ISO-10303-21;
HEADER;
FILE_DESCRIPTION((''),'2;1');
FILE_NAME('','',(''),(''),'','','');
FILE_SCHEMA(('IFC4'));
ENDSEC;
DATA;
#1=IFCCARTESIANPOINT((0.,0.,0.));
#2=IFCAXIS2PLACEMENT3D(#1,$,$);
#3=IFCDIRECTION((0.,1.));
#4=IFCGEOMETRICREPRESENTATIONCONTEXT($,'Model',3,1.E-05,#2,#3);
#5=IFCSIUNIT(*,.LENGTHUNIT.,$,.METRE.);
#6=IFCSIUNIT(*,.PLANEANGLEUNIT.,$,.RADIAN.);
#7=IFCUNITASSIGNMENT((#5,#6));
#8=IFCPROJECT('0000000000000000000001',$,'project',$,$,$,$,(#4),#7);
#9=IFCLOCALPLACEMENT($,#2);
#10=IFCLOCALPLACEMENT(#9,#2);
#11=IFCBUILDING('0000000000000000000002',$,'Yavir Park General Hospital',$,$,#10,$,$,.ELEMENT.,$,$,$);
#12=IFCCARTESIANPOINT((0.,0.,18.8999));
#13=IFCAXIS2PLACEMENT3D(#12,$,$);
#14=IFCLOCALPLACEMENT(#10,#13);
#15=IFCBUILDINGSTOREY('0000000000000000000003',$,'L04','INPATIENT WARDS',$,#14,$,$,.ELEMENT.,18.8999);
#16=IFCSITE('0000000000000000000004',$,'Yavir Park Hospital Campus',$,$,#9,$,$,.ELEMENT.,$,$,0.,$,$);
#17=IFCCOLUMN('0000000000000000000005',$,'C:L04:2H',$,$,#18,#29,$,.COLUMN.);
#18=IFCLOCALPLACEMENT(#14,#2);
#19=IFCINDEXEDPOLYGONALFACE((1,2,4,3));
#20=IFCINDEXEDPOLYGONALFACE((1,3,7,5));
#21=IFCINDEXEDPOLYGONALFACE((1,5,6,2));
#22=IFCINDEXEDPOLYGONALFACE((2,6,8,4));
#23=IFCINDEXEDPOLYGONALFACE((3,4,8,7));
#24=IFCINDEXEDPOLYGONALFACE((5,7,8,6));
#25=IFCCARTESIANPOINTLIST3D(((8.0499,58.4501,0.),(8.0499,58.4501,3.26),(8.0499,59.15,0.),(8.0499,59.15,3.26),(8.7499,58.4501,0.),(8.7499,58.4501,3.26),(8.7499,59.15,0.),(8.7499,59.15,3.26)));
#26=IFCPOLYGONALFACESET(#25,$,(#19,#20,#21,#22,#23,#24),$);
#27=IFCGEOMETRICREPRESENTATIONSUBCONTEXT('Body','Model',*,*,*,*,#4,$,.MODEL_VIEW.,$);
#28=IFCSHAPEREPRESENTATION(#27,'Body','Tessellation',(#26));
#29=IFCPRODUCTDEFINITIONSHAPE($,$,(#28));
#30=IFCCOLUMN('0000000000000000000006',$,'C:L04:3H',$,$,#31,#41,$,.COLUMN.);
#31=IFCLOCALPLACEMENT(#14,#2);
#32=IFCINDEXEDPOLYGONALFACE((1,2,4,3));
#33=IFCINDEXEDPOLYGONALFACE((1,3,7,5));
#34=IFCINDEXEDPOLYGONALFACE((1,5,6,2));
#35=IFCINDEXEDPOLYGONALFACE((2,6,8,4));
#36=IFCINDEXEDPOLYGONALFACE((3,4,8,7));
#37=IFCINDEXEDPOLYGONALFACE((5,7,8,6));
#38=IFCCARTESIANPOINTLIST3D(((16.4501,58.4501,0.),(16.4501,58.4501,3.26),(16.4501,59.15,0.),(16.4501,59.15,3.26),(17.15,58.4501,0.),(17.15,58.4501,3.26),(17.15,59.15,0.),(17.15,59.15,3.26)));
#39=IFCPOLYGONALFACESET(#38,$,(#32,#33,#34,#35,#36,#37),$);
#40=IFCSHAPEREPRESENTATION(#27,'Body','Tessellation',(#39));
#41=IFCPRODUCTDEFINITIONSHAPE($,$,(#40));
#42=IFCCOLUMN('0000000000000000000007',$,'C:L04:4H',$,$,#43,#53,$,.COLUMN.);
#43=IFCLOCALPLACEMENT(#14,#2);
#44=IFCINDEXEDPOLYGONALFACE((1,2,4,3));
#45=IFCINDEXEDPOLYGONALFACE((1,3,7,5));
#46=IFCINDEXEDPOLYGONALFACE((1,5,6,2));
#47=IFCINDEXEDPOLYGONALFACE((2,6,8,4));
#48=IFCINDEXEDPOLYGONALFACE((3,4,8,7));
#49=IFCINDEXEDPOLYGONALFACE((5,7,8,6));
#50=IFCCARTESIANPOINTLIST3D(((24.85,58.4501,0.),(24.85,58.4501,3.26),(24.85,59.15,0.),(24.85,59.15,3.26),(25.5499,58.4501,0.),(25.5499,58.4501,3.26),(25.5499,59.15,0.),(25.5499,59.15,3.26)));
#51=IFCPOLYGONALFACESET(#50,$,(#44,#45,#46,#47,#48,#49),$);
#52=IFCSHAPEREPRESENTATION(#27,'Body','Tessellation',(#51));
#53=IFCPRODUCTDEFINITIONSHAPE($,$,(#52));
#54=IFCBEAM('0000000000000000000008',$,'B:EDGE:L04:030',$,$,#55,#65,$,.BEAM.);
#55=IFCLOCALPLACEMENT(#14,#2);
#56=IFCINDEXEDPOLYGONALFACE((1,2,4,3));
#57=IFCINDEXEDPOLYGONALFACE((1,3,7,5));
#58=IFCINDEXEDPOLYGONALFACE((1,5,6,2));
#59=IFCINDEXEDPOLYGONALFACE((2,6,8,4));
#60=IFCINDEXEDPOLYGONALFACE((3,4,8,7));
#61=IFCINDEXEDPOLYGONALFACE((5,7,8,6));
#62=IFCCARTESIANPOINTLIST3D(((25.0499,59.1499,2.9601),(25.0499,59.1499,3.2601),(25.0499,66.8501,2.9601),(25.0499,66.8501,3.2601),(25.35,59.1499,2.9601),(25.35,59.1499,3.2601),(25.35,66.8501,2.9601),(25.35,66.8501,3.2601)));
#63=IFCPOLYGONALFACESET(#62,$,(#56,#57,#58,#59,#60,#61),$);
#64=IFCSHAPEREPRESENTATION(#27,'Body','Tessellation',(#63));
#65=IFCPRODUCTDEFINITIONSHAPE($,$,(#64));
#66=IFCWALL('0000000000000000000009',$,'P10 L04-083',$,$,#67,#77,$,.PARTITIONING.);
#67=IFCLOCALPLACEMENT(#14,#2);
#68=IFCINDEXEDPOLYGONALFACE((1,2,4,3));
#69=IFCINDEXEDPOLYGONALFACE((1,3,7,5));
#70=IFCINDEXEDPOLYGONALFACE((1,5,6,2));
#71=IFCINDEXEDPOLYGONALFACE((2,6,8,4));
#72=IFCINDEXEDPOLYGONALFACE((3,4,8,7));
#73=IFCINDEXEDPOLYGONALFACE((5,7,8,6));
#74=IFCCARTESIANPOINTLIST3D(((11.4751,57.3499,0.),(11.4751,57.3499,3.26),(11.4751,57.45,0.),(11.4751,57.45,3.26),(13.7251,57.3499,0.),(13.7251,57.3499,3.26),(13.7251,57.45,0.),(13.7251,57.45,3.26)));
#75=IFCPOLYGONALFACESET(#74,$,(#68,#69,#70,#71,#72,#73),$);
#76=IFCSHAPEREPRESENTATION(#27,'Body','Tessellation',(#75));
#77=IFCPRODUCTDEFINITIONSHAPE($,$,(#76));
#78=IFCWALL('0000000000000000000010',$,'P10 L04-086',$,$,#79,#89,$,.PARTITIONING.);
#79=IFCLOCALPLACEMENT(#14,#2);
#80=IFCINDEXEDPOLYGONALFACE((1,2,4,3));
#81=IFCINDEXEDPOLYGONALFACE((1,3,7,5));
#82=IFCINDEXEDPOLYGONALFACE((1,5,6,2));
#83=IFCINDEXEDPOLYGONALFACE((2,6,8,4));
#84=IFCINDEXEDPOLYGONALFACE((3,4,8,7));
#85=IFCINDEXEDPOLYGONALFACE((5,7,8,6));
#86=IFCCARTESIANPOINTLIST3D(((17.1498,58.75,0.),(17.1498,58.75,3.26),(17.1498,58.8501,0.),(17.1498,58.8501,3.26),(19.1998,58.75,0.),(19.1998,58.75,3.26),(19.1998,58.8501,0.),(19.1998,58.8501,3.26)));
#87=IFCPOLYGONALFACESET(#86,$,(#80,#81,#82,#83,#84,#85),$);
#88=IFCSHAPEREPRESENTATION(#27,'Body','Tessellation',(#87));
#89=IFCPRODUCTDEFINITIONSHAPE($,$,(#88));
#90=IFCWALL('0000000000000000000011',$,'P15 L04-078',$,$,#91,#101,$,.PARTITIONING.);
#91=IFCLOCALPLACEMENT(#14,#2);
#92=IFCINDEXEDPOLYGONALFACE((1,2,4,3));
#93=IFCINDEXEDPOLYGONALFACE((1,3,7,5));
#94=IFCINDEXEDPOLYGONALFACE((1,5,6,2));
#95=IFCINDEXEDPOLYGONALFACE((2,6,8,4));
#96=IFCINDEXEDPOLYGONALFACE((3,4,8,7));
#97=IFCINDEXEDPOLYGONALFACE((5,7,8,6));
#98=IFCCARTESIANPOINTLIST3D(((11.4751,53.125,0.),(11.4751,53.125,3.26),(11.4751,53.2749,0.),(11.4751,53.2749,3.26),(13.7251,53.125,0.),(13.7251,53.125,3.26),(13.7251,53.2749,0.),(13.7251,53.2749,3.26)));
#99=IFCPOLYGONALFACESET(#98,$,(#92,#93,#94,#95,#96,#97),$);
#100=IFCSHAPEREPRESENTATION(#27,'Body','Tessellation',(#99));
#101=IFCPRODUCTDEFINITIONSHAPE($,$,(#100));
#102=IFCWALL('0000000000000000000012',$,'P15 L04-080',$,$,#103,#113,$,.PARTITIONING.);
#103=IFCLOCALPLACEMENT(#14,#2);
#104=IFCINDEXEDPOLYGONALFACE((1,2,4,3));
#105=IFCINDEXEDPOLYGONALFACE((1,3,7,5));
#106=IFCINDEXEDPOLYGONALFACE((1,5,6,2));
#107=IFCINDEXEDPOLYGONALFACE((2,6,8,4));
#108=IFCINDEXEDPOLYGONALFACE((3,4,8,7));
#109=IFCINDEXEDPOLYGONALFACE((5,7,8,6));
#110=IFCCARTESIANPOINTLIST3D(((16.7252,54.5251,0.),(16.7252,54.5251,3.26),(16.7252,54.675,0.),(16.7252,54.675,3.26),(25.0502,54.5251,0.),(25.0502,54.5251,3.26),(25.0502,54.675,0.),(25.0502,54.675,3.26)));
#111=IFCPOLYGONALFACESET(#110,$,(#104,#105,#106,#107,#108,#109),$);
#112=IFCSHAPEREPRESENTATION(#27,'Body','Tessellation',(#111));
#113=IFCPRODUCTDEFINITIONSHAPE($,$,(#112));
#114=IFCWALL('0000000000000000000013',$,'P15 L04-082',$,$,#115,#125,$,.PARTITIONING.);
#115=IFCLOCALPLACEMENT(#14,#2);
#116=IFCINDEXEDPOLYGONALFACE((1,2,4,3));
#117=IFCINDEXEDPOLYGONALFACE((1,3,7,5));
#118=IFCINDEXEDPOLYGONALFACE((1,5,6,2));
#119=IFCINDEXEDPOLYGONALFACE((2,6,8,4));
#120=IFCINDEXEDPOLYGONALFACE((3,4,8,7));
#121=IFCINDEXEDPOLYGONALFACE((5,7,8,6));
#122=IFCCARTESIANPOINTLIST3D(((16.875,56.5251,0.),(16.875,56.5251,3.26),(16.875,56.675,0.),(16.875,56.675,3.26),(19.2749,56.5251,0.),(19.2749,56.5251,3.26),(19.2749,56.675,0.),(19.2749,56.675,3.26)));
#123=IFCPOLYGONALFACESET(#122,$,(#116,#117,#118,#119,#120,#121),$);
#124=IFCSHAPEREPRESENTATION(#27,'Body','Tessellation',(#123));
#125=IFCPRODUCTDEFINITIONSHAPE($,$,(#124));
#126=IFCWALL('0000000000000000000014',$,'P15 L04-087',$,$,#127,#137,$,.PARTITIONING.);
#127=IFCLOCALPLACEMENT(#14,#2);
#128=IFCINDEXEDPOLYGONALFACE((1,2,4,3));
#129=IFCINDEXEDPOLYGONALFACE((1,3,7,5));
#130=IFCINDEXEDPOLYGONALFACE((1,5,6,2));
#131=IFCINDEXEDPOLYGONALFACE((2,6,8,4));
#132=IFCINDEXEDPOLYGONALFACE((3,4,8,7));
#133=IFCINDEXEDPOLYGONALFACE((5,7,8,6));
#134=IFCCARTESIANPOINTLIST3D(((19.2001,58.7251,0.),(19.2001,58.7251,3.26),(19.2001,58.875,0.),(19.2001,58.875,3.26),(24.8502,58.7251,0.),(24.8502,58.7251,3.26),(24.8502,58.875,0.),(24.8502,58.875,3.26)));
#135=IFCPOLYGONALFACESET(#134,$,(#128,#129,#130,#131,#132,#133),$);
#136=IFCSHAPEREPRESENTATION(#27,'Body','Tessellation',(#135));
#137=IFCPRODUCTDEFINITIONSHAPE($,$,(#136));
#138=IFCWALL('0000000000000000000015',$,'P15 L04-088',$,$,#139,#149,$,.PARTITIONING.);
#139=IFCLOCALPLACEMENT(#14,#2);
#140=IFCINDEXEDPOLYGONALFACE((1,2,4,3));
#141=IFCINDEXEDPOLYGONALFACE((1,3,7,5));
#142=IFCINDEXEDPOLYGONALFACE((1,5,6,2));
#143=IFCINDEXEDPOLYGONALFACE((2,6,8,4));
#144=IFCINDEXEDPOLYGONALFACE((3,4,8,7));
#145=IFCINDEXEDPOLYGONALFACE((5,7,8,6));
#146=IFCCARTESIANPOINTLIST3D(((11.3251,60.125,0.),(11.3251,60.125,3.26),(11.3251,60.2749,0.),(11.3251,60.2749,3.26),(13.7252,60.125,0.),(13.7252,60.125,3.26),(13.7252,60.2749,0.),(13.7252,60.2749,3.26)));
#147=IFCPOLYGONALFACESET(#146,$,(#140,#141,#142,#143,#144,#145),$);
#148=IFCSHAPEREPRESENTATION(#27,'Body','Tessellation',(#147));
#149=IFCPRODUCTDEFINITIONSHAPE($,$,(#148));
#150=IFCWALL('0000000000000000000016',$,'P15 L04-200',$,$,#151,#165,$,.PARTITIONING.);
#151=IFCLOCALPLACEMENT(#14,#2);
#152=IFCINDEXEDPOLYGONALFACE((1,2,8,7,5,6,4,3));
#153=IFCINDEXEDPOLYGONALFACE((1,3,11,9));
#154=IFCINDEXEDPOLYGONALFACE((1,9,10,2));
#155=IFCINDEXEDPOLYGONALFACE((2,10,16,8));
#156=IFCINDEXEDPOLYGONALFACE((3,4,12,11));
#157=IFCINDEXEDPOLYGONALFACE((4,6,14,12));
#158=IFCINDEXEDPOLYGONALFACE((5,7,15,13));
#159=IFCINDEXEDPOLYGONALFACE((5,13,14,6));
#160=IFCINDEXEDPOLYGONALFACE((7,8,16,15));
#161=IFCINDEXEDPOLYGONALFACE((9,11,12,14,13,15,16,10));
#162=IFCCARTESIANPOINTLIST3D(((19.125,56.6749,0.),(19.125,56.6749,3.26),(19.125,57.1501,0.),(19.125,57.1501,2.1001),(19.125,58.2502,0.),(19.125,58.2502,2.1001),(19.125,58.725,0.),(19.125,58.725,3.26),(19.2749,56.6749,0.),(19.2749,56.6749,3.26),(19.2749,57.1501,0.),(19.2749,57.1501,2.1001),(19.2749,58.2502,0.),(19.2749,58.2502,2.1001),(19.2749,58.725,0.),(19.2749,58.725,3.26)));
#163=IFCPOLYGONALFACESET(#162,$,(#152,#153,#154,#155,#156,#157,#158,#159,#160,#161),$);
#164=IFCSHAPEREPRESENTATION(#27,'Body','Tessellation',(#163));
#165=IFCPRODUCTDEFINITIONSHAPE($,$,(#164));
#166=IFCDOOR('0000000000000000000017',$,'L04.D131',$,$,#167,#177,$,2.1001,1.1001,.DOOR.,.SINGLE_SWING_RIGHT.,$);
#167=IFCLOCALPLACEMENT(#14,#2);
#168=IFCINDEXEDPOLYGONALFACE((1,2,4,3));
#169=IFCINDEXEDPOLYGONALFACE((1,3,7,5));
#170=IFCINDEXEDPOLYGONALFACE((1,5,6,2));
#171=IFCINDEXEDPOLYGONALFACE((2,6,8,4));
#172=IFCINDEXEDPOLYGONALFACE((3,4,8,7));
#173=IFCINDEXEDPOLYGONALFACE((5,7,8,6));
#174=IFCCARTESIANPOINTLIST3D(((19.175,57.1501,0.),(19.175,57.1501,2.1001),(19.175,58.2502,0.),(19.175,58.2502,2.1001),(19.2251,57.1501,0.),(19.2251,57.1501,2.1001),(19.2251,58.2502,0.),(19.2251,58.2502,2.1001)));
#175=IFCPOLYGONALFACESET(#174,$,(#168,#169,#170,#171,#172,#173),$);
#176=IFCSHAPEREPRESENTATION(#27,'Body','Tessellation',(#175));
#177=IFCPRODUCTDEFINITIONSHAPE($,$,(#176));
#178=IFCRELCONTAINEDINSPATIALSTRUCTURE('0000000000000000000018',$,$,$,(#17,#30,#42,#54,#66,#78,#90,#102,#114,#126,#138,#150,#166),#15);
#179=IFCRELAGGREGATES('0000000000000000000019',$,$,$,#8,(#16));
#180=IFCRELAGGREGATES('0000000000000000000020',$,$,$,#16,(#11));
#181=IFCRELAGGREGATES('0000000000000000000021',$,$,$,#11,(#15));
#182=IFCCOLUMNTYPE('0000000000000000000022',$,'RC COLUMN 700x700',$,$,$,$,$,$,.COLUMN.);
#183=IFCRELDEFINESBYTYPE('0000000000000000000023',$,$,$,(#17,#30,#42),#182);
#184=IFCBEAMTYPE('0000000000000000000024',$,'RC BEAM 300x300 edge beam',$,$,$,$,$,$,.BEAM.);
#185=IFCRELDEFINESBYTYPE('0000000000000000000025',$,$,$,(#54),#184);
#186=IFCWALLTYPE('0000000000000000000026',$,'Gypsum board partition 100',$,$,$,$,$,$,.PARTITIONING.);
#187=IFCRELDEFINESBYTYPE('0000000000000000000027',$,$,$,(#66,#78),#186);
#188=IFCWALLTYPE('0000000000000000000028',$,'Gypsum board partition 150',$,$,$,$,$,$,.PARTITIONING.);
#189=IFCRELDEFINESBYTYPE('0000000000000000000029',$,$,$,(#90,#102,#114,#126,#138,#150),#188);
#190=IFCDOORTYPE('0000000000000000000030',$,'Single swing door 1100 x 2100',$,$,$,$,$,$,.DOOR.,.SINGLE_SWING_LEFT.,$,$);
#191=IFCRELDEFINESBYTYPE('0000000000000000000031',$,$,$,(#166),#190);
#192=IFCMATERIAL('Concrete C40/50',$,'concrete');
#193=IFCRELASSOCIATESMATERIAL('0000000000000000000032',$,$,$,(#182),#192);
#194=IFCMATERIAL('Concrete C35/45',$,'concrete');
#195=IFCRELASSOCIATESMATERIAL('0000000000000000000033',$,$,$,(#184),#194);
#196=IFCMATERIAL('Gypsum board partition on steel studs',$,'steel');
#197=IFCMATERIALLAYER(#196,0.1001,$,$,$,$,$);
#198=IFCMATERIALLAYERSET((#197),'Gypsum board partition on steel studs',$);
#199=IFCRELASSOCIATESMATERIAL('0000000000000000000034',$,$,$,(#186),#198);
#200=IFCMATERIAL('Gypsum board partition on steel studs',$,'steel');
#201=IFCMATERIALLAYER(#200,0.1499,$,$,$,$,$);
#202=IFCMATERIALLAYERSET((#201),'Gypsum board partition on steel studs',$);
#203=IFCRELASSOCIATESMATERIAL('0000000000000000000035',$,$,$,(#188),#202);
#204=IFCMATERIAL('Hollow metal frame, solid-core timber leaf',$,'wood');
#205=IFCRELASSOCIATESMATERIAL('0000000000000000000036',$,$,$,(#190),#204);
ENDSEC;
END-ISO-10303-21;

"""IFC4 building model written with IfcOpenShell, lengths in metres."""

from ifc_helpers import new_model, si_unit, direction, frame, frame_2d, origin, origin_2d, place, context, subcontext, project, spatial, rectangle, extrude, material, layer, layer_set, material_profile, profile_set, type_object, element, fill, save


model = new_model("IFC4")

# Units and contexts
model_context = context("Model", 3, precision=1e-05, world=origin(), true_north=direction((0.0, 1.0)))
body_context = subcontext(model_context, "Body", "Model", "MODEL_VIEW")
ifc_project = project(units=[si_unit("LENGTHUNIT", "METRE"), si_unit("PLANEANGLEUNIT", "RADIAN")], contexts=[model_context])

# Site, building, storey
site_placement = place(None, origin())
site = spatial("IfcSite", under=ifc_project, at=site_placement, Name="Yavir Park Hospital Campus", CompositionType="ELEMENT", RefElevation=0.0)
building_placement = place(site_placement, origin())
building = spatial("IfcBuilding", under=site, at=building_placement, Name="Yavir Park General Hospital", CompositionType="ELEMENT")
storey_placement = place(building_placement, frame((0.0, 0.0, 18.8999)))
storey = spatial("IfcBuildingStorey", under=building, at=storey_placement, Name="L04", Description="INPATIENT WARDS", CompositionType="ELEMENT", Elevation=18.8999)

# Columns
ifc_material_1 = material(Name="Concrete C40/50", Category="concrete")
ifc_material_profile_1 = material_profile(ifc_material_1, rectangle(XDim=0.7, YDim=0.7, at=origin_2d()), Name="RC700x700")
ifc_profile_set_1 = profile_set([ifc_material_profile_1], Name="Concrete C40/50")
column_type = type_object("IfcColumnType", Name="RC COLUMN 700x700", PredefinedType="COLUMN", material=ifc_profile_set_1)
for number, where, z_axis, x_axis, name in (
    (1, (8.3999, 58.8, 0.0), (0.0, 0.0, 1.0), (1.0, 0.0, 0.0), "C:L04:2H"),
    (2, (16.8, 58.8, 0.0), (0.0, 0.0, 1.0), (1.0, 0.0, 0.0), "C:L04:3H"),
    (3, (25.2, 58.8, 0.0), (0.0, 0.0, 1.0), (1.0, 0.0, 0.0), "C:L04:4H"),
):
    element("IfcColumn", number, at=place(storey_placement, frame(where, z_axis=z_axis, x_axis=x_axis)), inside=storey, type_object=column_type, Name=name, PredefinedType="COLUMN", context=body_context, shape_type="SweptSolid", body=[
        extrude(rectangle(XDim=0.7, YDim=0.7, at=origin_2d()), origin(), (0.0, 0.0, 1.0), 3.26),
    ])

# Beam
ifc_material_2 = material(Name="Concrete C35/45", Category="concrete")
ifc_material_profile_2 = material_profile(ifc_material_2, rectangle(XDim=0.3, YDim=0.3, at=origin_2d()), Name="RC300x300")
ifc_profile_set_2 = profile_set([ifc_material_profile_2], Name="Concrete C35/45")
beam_type = type_object("IfcBeamType", Name="RC BEAM 300x300 edge beam", PredefinedType="BEAM", material=ifc_profile_set_2)
beam_placement = place(storey_placement, frame((25.2, 59.1499, 3.1101), z_axis=(0.0, 1.0, 0.0), x_axis=(-1.0, 0.0, 0.0)))
element("IfcBeam", 4, at=beam_placement, inside=storey, type_object=beam_type, Name="B:EDGE:L04:030", PredefinedType="BEAM", context=body_context, shape_type="SweptSolid", body=[
    extrude(rectangle(XDim=0.3, YDim=0.3, at=origin_2d()), origin(), (0.0, 0.0, 1.0), 7.7002),
])

# Walls
ifc_material_3 = material(Name="Gypsum board partition on steel studs", Category="steel")
ifc_layer_1 = layer(ifc_material_3, 0.1001)
ifc_layer_set_1 = layer_set([ifc_layer_1], Name="Gypsum board partition on steel studs")
wall_type_1 = type_object("IfcWallType", Name="Gypsum board partition 100", PredefinedType="PARTITIONING", material=ifc_layer_set_1)
wall_1_placement = place(storey_placement, frame((11.4751, 57.3999, 0.0), z_axis=(0.0, 0.0, 1.0), x_axis=(1.0, 0.0, 0.0)))
element("IfcWall", 5, at=wall_1_placement, inside=storey, type_object=wall_type_1, Name="P10 L04-083", PredefinedType="PARTITIONING", context=body_context, shape_type="SweptSolid", body=[
    extrude(rectangle(XDim=2.25, YDim=0.1001, at=frame_2d((1.125, 0.0))), origin(), (0.0, 0.0, 1.0), 3.26),
])
wall_2_placement = place(storey_placement, frame((17.1499, 58.8, 0.0), z_axis=(0.0, 0.0, 1.0), x_axis=(1.0, 0.0, 0.0)))
element("IfcWall", 6, at=wall_2_placement, inside=storey, type_object=wall_type_1, Name="P10 L04-086", PredefinedType="PARTITIONING", context=body_context, shape_type="SweptSolid", body=[
    extrude(rectangle(XDim=2.05, YDim=0.1001, at=frame_2d((1.0249, 0.0))), origin(), (0.0, 0.0, 1.0), 3.26),
])
ifc_material_4 = material(Name="Gypsum board partition on steel studs", Category="steel")
ifc_layer_2 = layer(ifc_material_4, 0.1499)
ifc_layer_set_2 = layer_set([ifc_layer_2], Name="Gypsum board partition on steel studs")
wall_type_2 = type_object("IfcWallType", Name="Gypsum board partition 150", PredefinedType="PARTITIONING", material=ifc_layer_set_2)
wall_3_placement = place(storey_placement, frame((11.4751, 53.2, 0.0), z_axis=(0.0, 0.0, 1.0), x_axis=(1.0, 0.0, 0.0)))
element("IfcWall", 7, at=wall_3_placement, inside=storey, type_object=wall_type_2, Name="P15 L04-078", PredefinedType="PARTITIONING", context=body_context, shape_type="SweptSolid", body=[
    extrude(rectangle(XDim=2.25, YDim=0.1499, at=frame_2d((1.125, 0.0))), origin(), (0.0, 0.0, 1.0), 3.26),
])
wall_4_placement = place(storey_placement, frame((16.7251, 54.6001, 0.0), z_axis=(0.0, 0.0, 1.0), x_axis=(1.0, 0.0, 0.0)))
element("IfcWall", 8, at=wall_4_placement, inside=storey, type_object=wall_type_2, Name="P15 L04-080", PredefinedType="PARTITIONING", context=body_context, shape_type="SweptSolid", body=[
    extrude(rectangle(XDim=8.325, YDim=0.1499, at=frame_2d((4.1626, 0.0))), origin(), (0.0, 0.0, 1.0), 3.26),
])
wall_5_placement = place(storey_placement, frame((16.875, 56.6001, 0.0), z_axis=(0.0, 0.0, 1.0), x_axis=(1.0, 0.0, 0.0)))
element("IfcWall", 9, at=wall_5_placement, inside=storey, type_object=wall_type_2, Name="P15 L04-082", PredefinedType="PARTITIONING", context=body_context, shape_type="SweptSolid", body=[
    extrude(rectangle(XDim=2.3999, YDim=0.1499, at=frame_2d((1.2, 0.0))), origin(), (0.0, 0.0, 1.0), 3.26),
])
wall_6_placement = place(storey_placement, frame((19.2, 58.8, 0.0), z_axis=(0.0, 0.0, 1.0), x_axis=(1.0, 0.0, 0.0)))
element("IfcWall", 10, at=wall_6_placement, inside=storey, type_object=wall_type_2, Name="P15 L04-087", PredefinedType="PARTITIONING", context=body_context, shape_type="SweptSolid", body=[
    extrude(rectangle(XDim=5.6501, YDim=0.1499, at=frame_2d((2.8252, 0.0))), origin(), (0.0, 0.0, 1.0), 3.26),
])
wall_7_placement = place(storey_placement, frame((11.325, 60.2, 0.0), z_axis=(0.0, 0.0, 1.0), x_axis=(1.0, 0.0, 0.0)))
element("IfcWall", 11, at=wall_7_placement, inside=storey, type_object=wall_type_2, Name="P15 L04-088", PredefinedType="PARTITIONING", context=body_context, shape_type="SweptSolid", body=[
    extrude(rectangle(XDim=2.4001, YDim=0.1499, at=frame_2d((1.2002, 0.0))), origin(), (0.0, 0.0, 1.0), 3.26),
])

# Wall, opening, door
wall_8_placement = place(storey_placement, frame((19.2, 56.675, 0.0), z_axis=(0.0, 0.0, 1.0), x_axis=(0.0, 1.0, 0.0)))
wall_8 = element("IfcWall", 12, at=wall_8_placement, inside=storey, type_object=wall_type_2, Name="P15 L04-200", PredefinedType="PARTITIONING", context=body_context, shape_type="SweptSolid", body=[
    extrude(rectangle(XDim=2.05, YDim=0.1499, at=frame_2d((1.0249, 0.0))), origin(), (0.0, 0.0, 1.0), 3.26),
])
opening_1_placement = place(wall_8_placement, frame((0.4751, 0.0, 0.0)))
opening_1 = element("IfcOpeningElement", 13, at=opening_1_placement, cuts=wall_8, PredefinedType="OPENING", context=body_context, shape_type="SweptSolid", body=[
    extrude(rectangle(XDim=1.1001, YDim=2.1001, at=frame_2d((0.55, 1.05))), frame((0.0, 0.085, 0.0), z_axis=(0.0, -1.0, 0.0), x_axis=(1.0, 0.0, 0.0)), (0.0, 0.0, 1.0), 0.1699),
])
ifc_material_5 = material(Name="Hollow metal frame, solid-core timber leaf", Category="wood")
door_type_1 = type_object("IfcDoorType", Name="Single swing door 1100 x 2100", OperationType="SINGLE_SWING_LEFT", PredefinedType="DOOR", material=ifc_material_5)
door_1_placement = place(opening_1_placement, origin())
door_1 = element("IfcDoor", 14, at=door_1_placement, inside=storey, type_object=door_type_1, Name="L04.D131", OperationType="SINGLE_SWING_RIGHT", OverallHeight=2.1001, OverallWidth=1.1001, PredefinedType="DOOR", context=body_context, shape_type="SweptSolid", body=[
    extrude(rectangle(XDim=1.1001, YDim=2.1001, at=frame_2d((0.55, 1.05))), frame((0.0, 0.0249, 0.0), z_axis=(0.0, -1.0, 0.0), x_axis=(1.0, 0.0, 0.0)), (0.0, 0.0, 1.0), 0.05),
])
fill(opening_1, door_1)

save(model, "model.ifc")
